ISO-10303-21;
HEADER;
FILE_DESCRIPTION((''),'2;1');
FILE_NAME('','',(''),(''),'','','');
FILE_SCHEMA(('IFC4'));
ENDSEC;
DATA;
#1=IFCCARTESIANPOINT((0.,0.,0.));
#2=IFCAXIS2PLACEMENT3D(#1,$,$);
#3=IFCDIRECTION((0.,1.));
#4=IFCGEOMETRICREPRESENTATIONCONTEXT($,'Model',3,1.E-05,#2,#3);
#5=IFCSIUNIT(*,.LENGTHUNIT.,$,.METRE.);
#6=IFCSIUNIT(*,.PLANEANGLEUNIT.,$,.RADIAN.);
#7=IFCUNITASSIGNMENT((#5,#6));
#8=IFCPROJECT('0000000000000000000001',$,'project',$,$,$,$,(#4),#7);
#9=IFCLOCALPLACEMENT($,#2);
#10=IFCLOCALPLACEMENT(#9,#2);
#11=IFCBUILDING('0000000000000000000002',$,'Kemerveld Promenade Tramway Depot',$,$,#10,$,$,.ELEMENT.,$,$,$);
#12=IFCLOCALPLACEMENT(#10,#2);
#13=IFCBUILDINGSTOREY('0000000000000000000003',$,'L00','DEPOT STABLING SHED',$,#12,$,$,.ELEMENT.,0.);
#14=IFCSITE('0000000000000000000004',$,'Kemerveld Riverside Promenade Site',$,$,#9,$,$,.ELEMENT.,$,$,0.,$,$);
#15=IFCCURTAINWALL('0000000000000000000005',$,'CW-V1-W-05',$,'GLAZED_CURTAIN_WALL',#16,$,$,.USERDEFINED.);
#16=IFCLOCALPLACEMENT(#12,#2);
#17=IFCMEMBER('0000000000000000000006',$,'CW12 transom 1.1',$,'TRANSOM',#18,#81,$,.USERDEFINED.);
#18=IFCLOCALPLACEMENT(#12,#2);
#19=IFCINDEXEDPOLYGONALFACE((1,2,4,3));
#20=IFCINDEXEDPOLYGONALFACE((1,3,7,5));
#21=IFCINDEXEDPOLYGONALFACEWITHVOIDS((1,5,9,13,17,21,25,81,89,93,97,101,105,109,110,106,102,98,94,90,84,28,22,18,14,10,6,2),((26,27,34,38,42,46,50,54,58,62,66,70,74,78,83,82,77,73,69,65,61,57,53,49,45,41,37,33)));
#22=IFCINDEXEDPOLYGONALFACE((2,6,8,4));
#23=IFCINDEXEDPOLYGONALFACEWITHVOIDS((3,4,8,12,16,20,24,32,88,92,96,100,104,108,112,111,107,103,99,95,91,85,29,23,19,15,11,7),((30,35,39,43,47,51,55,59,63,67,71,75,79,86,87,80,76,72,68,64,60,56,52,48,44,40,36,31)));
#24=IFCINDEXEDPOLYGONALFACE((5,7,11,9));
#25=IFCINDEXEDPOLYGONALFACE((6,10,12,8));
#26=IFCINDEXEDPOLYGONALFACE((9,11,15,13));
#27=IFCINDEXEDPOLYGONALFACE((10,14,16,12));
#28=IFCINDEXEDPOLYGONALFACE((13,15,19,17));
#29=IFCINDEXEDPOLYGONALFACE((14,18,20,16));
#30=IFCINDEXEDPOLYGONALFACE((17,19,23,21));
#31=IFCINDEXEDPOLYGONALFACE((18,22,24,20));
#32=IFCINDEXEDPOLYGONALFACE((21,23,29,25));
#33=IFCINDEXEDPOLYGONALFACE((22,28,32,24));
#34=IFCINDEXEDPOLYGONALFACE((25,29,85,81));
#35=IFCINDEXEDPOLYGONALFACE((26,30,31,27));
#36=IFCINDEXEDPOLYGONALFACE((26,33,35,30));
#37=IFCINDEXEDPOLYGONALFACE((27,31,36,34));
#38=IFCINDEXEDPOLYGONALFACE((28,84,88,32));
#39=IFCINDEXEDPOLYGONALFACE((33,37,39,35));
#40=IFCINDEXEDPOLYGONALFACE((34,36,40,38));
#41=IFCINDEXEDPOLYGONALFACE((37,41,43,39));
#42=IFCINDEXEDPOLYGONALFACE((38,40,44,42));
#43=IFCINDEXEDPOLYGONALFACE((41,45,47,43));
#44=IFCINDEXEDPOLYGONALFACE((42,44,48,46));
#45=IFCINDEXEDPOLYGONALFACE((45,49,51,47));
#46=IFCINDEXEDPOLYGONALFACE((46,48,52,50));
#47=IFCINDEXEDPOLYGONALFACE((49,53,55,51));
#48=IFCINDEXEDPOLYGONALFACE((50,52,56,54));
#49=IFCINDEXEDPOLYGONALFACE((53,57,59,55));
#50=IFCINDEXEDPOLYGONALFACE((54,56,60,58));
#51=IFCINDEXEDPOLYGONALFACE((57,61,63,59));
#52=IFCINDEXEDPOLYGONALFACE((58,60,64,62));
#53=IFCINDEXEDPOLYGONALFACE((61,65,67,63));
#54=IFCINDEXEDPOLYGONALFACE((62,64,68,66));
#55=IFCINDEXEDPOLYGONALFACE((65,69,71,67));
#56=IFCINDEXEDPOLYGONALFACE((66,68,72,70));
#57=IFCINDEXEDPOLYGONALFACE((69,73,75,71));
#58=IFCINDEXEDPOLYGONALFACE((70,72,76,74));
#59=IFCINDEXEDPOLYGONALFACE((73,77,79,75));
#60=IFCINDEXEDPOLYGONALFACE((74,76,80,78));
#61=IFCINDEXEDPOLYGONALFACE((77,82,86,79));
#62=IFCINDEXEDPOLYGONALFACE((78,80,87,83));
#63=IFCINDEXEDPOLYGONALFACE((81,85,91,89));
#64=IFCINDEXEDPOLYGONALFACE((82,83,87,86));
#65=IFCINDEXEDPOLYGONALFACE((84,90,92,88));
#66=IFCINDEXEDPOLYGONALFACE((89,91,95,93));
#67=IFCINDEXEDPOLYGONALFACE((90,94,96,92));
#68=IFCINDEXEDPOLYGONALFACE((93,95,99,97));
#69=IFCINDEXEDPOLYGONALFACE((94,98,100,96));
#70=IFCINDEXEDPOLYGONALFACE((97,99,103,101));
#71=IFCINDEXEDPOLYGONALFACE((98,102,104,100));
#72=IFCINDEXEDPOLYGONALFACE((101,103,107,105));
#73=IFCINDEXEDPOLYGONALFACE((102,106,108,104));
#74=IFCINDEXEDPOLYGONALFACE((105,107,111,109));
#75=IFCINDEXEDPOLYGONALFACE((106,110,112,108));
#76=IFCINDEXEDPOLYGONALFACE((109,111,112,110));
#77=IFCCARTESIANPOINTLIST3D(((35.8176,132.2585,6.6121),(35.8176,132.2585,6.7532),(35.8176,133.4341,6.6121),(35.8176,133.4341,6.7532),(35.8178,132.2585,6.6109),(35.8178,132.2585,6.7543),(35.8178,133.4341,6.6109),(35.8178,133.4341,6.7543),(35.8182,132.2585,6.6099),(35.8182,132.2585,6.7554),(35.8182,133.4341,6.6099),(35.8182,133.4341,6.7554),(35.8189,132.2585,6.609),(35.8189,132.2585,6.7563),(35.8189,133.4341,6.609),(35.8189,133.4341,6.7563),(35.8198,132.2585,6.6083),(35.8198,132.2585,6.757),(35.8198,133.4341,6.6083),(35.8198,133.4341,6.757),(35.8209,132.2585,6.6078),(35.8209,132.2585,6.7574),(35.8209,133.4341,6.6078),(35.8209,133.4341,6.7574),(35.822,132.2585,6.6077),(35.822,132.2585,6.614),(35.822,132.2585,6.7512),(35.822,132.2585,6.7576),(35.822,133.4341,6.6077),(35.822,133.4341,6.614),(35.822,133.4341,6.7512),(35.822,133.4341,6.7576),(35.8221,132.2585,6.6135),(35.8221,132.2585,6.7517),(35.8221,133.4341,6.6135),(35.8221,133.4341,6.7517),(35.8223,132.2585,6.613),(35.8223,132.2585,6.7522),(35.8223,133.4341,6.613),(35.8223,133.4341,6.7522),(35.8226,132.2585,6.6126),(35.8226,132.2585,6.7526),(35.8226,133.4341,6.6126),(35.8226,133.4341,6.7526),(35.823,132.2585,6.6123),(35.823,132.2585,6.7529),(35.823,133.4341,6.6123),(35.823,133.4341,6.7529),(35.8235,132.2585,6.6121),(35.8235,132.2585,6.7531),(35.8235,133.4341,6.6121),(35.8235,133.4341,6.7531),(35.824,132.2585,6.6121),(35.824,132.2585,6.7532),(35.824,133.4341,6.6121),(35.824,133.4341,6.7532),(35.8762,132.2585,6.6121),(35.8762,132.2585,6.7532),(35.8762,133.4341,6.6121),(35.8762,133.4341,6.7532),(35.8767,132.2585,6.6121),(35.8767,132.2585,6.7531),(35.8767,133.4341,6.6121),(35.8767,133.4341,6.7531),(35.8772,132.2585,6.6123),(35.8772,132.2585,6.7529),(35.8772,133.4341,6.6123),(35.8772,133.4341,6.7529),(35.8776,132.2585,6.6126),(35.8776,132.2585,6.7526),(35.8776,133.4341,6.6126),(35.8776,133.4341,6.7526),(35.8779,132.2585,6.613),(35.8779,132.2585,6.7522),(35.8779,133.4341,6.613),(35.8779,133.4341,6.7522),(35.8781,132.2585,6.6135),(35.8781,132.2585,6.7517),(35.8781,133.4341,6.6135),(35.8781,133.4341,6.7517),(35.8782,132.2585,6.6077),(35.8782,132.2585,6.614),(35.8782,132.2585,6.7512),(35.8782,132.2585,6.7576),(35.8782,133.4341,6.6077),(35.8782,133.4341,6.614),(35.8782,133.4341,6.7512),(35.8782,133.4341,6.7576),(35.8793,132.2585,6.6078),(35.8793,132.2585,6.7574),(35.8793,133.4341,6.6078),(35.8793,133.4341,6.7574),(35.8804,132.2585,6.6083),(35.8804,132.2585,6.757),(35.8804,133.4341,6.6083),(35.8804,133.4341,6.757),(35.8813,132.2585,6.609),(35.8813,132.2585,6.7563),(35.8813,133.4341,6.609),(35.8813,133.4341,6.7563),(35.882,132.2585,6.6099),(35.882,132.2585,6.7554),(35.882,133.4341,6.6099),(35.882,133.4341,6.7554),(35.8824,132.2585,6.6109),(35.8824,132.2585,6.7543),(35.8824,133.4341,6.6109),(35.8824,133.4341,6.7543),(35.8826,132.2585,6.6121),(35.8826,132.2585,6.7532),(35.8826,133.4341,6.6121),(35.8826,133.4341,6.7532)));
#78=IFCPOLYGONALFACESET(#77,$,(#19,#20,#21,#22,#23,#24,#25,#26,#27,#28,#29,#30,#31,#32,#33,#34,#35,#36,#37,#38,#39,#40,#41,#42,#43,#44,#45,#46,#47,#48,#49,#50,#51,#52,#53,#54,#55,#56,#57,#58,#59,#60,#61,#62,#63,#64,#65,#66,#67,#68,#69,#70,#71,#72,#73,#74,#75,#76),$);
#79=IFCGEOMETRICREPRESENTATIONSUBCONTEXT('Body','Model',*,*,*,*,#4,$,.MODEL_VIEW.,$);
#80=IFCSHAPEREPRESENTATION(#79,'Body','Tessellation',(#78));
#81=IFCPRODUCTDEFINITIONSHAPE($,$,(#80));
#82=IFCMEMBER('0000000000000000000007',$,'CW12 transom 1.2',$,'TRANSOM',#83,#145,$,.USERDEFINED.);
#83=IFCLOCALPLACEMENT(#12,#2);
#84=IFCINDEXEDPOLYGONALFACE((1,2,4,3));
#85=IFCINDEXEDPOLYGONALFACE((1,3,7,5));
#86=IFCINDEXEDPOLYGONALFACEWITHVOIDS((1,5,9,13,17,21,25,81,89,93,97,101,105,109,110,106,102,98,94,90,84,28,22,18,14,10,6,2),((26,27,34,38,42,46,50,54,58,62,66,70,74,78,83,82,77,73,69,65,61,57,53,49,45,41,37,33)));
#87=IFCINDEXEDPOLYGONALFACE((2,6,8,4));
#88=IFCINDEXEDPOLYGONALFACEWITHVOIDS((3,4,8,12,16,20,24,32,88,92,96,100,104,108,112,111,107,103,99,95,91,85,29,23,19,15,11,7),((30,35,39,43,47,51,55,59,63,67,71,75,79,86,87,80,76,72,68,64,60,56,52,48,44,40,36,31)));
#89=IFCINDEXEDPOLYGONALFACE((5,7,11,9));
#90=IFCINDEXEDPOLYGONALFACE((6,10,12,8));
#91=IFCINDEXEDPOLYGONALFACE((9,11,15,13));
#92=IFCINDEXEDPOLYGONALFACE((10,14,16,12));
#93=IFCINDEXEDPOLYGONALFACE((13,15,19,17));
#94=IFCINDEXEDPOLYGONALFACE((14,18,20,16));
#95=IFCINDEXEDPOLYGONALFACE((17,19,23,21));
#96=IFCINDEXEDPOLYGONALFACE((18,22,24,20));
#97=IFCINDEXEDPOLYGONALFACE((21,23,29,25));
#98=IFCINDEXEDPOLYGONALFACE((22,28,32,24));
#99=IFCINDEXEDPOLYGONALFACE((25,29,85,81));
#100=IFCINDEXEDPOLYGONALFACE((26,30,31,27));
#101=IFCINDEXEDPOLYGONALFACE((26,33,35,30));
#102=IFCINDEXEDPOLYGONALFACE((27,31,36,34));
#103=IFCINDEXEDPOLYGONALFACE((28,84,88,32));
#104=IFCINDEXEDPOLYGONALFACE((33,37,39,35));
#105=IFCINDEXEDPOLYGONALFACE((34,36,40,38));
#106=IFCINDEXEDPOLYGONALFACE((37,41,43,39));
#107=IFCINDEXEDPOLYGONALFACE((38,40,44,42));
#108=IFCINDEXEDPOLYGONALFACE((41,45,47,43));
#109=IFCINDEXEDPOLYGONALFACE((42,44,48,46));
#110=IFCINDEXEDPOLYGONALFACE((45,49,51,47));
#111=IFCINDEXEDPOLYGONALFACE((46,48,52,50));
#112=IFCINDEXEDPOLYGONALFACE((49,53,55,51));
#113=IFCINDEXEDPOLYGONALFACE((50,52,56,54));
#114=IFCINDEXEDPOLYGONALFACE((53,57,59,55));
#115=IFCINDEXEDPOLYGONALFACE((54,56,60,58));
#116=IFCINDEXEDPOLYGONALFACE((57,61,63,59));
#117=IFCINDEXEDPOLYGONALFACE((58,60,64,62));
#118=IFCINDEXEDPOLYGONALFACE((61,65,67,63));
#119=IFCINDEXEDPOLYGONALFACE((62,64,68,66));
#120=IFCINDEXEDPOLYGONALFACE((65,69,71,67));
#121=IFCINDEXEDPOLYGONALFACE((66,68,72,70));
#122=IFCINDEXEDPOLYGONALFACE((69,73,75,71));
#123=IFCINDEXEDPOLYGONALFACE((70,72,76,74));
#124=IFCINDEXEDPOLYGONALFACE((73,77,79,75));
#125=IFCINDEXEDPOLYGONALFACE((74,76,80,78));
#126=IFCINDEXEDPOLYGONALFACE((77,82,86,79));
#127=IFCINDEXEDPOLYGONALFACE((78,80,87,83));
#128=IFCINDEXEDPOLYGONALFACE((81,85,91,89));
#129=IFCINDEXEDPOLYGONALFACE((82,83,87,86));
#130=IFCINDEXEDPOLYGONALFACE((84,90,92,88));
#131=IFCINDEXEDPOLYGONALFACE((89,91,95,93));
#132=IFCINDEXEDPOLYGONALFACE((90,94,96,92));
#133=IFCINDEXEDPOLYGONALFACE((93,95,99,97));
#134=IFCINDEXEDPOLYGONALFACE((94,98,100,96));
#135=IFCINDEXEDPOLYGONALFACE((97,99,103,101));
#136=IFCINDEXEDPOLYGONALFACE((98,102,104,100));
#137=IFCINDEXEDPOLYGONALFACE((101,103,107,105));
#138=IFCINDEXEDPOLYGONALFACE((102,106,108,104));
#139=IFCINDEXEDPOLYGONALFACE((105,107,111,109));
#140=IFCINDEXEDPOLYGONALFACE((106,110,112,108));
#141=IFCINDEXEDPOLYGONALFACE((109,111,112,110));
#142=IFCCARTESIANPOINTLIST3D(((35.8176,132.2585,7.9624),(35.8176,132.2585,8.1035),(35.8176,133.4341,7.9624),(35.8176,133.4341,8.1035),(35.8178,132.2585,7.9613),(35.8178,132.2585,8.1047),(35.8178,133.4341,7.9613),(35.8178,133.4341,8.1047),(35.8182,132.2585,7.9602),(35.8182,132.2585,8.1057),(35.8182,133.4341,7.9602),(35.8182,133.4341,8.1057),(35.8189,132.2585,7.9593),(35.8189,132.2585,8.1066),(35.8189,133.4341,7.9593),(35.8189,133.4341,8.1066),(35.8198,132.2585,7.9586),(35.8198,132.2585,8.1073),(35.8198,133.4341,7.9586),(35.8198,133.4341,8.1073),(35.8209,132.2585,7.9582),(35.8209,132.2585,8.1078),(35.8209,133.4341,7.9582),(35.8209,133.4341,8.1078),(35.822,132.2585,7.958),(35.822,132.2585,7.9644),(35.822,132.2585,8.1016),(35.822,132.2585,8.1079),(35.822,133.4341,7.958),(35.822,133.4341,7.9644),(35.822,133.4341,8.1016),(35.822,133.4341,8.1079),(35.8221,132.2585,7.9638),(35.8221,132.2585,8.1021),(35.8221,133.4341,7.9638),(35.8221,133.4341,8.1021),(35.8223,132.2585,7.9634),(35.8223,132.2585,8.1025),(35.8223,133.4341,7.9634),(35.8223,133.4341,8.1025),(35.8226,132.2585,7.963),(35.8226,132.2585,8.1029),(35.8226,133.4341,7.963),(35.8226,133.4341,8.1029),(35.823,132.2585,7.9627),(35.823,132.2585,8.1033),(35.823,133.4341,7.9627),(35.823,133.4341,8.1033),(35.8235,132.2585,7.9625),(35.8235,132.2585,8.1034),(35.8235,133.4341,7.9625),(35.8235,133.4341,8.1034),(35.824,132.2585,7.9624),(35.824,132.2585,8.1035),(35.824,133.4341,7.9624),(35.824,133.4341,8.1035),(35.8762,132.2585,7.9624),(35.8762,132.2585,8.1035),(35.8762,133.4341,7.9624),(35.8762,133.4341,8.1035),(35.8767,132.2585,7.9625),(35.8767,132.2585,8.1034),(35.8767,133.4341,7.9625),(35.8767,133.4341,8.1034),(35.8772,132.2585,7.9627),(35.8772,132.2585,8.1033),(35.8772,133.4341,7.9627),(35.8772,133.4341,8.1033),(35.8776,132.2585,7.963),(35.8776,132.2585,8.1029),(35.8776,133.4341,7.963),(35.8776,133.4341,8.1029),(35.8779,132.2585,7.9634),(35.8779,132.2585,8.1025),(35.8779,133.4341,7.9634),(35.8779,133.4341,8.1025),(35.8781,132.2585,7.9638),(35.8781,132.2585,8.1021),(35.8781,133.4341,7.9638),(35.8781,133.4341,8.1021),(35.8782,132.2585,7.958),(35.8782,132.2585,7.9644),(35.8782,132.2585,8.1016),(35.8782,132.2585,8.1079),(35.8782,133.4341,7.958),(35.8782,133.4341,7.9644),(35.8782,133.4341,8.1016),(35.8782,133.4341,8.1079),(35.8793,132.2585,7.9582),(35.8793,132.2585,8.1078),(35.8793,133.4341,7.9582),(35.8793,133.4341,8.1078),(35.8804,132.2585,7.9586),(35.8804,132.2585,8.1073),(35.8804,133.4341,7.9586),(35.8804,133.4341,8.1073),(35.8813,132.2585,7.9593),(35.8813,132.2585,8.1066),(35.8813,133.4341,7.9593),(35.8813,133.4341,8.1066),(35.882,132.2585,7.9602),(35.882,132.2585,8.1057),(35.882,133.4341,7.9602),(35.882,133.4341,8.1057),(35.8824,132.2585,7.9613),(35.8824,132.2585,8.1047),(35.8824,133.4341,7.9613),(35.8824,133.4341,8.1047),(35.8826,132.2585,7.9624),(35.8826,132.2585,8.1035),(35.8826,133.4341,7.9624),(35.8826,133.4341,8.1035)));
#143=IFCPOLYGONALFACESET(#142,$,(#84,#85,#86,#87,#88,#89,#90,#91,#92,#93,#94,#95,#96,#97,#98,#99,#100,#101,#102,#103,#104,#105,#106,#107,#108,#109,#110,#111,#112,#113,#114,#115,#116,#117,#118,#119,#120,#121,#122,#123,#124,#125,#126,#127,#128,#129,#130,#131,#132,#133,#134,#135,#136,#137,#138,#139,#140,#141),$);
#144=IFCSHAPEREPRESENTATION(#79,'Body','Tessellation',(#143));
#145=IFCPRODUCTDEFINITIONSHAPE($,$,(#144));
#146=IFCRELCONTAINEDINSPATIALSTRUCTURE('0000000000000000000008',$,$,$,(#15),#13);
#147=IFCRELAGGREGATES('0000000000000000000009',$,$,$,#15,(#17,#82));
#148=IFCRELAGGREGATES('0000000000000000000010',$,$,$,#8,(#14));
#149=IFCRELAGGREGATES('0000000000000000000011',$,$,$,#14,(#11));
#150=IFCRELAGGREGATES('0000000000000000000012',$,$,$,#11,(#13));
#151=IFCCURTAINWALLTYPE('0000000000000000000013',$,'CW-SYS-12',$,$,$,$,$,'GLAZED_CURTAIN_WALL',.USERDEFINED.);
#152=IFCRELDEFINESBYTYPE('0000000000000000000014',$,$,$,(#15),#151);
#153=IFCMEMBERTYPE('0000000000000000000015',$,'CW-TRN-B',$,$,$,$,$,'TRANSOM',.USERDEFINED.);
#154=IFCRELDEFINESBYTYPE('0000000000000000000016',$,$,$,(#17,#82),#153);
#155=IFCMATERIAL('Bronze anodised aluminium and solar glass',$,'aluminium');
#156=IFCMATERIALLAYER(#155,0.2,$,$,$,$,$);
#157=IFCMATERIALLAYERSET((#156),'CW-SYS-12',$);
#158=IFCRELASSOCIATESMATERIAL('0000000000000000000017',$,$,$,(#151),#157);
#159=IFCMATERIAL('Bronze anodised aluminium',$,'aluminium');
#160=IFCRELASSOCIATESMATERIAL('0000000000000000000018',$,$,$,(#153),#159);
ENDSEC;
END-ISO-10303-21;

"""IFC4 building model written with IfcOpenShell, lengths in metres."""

from ifc_helpers import new_model, si_unit, direction, frame, origin, origin_2d, place, context, subcontext, project, spatial, hollow_rectangle, extrude, material, layer, layer_set, material_profile, profile_set, type_object, element, aggregate, save


model = new_model("IFC4")

# Units and contexts
model_context = context("Model", 3, precision=1e-05, world=origin(), true_north=direction((0.0, 1.0)))
body_context = subcontext(model_context, "Body", "Model", "MODEL_VIEW")
ifc_project = project(units=[si_unit("LENGTHUNIT", "METRE"), si_unit("PLANEANGLEUNIT", "RADIAN")], contexts=[model_context])

# Site, building, storey
site_placement = place(None, origin())
site = spatial("IfcSite", under=ifc_project, at=site_placement, Name="Kemerveld Riverside Promenade Site", CompositionType="ELEMENT", RefElevation=0.0)
building_placement = place(site_placement, origin())
building = spatial("IfcBuilding", under=site, at=building_placement, Name="Kemerveld Promenade Tramway Depot", CompositionType="ELEMENT")
storey_placement = place(building_placement, origin())
storey = spatial("IfcBuildingStorey", under=building, at=storey_placement, Name="L00", Description="DEPOT STABLING SHED", CompositionType="ELEMENT", Elevation=0.0)

# Curtain wall
ifc_material_1 = material(Name="Bronze anodised aluminium and solar glass", Category="aluminium")
ifc_material_2 = material(Name="Bronze anodised aluminium", Category="aluminium")
ifc_layer_1 = layer(ifc_material_1, 0.2)
ifc_layer_set_1 = layer_set([ifc_layer_1], Name="CW-SYS-12")
curtain_wall_type_1 = type_object("IfcCurtainWallType", Name="CW-SYS-12", ElementType="GLAZED_CURTAIN_WALL", PredefinedType="USERDEFINED", material=ifc_layer_set_1)
curtain_wall_1_placement = place(storey_placement, origin())
curtain_wall_1 = element("IfcCurtainWall", 1, at=curtain_wall_1_placement, inside=storey, type_object=curtain_wall_type_1, Name="CW-V1-W-05", ObjectType="GLAZED_CURTAIN_WALL", PredefinedType="USERDEFINED")

# Members
ifc_material_profile_1 = material_profile(ifc_material_2, hollow_rectangle(XDim=0.0649, YDim=0.1499, WallThickness=0.0044, InnerFilletRadius=0.002, OuterFilletRadius=0.0044, at=origin_2d()), Name="CW-TRN-150x65")
ifc_profile_set_1 = profile_set([ifc_material_profile_1], Name="Bronze anodised aluminium")
member_type_1 = type_object("IfcMemberType", Name="CW-TRN-B", ElementType="TRANSOM", PredefinedType="USERDEFINED", material=ifc_profile_set_1)
member_1_placement = place(storey_placement, frame((35.8501, 132.2585, 6.6826), z_axis=(0.0, 1.0, 0.0), x_axis=(-1.0, 0.0, 0.0)))
member_1 = element("IfcMember", 2, at=member_1_placement, type_object=member_type_1, Name="CW12 transom 1.1", ObjectType="TRANSOM", PredefinedType="USERDEFINED", context=body_context, shape_type="SweptSolid", body=[
    extrude(hollow_rectangle(XDim=0.0649, YDim=0.1499, WallThickness=0.0044, InnerFilletRadius=0.002, OuterFilletRadius=0.0044, at=origin_2d()), origin(), (0.0, 0.0, 1.0), 1.1755),
])
member_2_placement = place(storey_placement, frame((35.8501, 132.2585, 8.033), z_axis=(0.0, 1.0, 0.0), x_axis=(-1.0, 0.0, 0.0)))
member_2 = element("IfcMember", 3, at=member_2_placement, type_object=member_type_1, Name="CW12 transom 1.2", ObjectType="TRANSOM", PredefinedType="USERDEFINED", context=body_context, shape_type="SweptSolid", body=[
    extrude(hollow_rectangle(XDim=0.0649, YDim=0.1499, WallThickness=0.0044, InnerFilletRadius=0.002, OuterFilletRadius=0.0044, at=origin_2d()), origin(), (0.0, 0.0, 1.0), 1.1755),
])

aggregate(curtain_wall_1, [member_1, member_2])

save(model, "model.ifc")
